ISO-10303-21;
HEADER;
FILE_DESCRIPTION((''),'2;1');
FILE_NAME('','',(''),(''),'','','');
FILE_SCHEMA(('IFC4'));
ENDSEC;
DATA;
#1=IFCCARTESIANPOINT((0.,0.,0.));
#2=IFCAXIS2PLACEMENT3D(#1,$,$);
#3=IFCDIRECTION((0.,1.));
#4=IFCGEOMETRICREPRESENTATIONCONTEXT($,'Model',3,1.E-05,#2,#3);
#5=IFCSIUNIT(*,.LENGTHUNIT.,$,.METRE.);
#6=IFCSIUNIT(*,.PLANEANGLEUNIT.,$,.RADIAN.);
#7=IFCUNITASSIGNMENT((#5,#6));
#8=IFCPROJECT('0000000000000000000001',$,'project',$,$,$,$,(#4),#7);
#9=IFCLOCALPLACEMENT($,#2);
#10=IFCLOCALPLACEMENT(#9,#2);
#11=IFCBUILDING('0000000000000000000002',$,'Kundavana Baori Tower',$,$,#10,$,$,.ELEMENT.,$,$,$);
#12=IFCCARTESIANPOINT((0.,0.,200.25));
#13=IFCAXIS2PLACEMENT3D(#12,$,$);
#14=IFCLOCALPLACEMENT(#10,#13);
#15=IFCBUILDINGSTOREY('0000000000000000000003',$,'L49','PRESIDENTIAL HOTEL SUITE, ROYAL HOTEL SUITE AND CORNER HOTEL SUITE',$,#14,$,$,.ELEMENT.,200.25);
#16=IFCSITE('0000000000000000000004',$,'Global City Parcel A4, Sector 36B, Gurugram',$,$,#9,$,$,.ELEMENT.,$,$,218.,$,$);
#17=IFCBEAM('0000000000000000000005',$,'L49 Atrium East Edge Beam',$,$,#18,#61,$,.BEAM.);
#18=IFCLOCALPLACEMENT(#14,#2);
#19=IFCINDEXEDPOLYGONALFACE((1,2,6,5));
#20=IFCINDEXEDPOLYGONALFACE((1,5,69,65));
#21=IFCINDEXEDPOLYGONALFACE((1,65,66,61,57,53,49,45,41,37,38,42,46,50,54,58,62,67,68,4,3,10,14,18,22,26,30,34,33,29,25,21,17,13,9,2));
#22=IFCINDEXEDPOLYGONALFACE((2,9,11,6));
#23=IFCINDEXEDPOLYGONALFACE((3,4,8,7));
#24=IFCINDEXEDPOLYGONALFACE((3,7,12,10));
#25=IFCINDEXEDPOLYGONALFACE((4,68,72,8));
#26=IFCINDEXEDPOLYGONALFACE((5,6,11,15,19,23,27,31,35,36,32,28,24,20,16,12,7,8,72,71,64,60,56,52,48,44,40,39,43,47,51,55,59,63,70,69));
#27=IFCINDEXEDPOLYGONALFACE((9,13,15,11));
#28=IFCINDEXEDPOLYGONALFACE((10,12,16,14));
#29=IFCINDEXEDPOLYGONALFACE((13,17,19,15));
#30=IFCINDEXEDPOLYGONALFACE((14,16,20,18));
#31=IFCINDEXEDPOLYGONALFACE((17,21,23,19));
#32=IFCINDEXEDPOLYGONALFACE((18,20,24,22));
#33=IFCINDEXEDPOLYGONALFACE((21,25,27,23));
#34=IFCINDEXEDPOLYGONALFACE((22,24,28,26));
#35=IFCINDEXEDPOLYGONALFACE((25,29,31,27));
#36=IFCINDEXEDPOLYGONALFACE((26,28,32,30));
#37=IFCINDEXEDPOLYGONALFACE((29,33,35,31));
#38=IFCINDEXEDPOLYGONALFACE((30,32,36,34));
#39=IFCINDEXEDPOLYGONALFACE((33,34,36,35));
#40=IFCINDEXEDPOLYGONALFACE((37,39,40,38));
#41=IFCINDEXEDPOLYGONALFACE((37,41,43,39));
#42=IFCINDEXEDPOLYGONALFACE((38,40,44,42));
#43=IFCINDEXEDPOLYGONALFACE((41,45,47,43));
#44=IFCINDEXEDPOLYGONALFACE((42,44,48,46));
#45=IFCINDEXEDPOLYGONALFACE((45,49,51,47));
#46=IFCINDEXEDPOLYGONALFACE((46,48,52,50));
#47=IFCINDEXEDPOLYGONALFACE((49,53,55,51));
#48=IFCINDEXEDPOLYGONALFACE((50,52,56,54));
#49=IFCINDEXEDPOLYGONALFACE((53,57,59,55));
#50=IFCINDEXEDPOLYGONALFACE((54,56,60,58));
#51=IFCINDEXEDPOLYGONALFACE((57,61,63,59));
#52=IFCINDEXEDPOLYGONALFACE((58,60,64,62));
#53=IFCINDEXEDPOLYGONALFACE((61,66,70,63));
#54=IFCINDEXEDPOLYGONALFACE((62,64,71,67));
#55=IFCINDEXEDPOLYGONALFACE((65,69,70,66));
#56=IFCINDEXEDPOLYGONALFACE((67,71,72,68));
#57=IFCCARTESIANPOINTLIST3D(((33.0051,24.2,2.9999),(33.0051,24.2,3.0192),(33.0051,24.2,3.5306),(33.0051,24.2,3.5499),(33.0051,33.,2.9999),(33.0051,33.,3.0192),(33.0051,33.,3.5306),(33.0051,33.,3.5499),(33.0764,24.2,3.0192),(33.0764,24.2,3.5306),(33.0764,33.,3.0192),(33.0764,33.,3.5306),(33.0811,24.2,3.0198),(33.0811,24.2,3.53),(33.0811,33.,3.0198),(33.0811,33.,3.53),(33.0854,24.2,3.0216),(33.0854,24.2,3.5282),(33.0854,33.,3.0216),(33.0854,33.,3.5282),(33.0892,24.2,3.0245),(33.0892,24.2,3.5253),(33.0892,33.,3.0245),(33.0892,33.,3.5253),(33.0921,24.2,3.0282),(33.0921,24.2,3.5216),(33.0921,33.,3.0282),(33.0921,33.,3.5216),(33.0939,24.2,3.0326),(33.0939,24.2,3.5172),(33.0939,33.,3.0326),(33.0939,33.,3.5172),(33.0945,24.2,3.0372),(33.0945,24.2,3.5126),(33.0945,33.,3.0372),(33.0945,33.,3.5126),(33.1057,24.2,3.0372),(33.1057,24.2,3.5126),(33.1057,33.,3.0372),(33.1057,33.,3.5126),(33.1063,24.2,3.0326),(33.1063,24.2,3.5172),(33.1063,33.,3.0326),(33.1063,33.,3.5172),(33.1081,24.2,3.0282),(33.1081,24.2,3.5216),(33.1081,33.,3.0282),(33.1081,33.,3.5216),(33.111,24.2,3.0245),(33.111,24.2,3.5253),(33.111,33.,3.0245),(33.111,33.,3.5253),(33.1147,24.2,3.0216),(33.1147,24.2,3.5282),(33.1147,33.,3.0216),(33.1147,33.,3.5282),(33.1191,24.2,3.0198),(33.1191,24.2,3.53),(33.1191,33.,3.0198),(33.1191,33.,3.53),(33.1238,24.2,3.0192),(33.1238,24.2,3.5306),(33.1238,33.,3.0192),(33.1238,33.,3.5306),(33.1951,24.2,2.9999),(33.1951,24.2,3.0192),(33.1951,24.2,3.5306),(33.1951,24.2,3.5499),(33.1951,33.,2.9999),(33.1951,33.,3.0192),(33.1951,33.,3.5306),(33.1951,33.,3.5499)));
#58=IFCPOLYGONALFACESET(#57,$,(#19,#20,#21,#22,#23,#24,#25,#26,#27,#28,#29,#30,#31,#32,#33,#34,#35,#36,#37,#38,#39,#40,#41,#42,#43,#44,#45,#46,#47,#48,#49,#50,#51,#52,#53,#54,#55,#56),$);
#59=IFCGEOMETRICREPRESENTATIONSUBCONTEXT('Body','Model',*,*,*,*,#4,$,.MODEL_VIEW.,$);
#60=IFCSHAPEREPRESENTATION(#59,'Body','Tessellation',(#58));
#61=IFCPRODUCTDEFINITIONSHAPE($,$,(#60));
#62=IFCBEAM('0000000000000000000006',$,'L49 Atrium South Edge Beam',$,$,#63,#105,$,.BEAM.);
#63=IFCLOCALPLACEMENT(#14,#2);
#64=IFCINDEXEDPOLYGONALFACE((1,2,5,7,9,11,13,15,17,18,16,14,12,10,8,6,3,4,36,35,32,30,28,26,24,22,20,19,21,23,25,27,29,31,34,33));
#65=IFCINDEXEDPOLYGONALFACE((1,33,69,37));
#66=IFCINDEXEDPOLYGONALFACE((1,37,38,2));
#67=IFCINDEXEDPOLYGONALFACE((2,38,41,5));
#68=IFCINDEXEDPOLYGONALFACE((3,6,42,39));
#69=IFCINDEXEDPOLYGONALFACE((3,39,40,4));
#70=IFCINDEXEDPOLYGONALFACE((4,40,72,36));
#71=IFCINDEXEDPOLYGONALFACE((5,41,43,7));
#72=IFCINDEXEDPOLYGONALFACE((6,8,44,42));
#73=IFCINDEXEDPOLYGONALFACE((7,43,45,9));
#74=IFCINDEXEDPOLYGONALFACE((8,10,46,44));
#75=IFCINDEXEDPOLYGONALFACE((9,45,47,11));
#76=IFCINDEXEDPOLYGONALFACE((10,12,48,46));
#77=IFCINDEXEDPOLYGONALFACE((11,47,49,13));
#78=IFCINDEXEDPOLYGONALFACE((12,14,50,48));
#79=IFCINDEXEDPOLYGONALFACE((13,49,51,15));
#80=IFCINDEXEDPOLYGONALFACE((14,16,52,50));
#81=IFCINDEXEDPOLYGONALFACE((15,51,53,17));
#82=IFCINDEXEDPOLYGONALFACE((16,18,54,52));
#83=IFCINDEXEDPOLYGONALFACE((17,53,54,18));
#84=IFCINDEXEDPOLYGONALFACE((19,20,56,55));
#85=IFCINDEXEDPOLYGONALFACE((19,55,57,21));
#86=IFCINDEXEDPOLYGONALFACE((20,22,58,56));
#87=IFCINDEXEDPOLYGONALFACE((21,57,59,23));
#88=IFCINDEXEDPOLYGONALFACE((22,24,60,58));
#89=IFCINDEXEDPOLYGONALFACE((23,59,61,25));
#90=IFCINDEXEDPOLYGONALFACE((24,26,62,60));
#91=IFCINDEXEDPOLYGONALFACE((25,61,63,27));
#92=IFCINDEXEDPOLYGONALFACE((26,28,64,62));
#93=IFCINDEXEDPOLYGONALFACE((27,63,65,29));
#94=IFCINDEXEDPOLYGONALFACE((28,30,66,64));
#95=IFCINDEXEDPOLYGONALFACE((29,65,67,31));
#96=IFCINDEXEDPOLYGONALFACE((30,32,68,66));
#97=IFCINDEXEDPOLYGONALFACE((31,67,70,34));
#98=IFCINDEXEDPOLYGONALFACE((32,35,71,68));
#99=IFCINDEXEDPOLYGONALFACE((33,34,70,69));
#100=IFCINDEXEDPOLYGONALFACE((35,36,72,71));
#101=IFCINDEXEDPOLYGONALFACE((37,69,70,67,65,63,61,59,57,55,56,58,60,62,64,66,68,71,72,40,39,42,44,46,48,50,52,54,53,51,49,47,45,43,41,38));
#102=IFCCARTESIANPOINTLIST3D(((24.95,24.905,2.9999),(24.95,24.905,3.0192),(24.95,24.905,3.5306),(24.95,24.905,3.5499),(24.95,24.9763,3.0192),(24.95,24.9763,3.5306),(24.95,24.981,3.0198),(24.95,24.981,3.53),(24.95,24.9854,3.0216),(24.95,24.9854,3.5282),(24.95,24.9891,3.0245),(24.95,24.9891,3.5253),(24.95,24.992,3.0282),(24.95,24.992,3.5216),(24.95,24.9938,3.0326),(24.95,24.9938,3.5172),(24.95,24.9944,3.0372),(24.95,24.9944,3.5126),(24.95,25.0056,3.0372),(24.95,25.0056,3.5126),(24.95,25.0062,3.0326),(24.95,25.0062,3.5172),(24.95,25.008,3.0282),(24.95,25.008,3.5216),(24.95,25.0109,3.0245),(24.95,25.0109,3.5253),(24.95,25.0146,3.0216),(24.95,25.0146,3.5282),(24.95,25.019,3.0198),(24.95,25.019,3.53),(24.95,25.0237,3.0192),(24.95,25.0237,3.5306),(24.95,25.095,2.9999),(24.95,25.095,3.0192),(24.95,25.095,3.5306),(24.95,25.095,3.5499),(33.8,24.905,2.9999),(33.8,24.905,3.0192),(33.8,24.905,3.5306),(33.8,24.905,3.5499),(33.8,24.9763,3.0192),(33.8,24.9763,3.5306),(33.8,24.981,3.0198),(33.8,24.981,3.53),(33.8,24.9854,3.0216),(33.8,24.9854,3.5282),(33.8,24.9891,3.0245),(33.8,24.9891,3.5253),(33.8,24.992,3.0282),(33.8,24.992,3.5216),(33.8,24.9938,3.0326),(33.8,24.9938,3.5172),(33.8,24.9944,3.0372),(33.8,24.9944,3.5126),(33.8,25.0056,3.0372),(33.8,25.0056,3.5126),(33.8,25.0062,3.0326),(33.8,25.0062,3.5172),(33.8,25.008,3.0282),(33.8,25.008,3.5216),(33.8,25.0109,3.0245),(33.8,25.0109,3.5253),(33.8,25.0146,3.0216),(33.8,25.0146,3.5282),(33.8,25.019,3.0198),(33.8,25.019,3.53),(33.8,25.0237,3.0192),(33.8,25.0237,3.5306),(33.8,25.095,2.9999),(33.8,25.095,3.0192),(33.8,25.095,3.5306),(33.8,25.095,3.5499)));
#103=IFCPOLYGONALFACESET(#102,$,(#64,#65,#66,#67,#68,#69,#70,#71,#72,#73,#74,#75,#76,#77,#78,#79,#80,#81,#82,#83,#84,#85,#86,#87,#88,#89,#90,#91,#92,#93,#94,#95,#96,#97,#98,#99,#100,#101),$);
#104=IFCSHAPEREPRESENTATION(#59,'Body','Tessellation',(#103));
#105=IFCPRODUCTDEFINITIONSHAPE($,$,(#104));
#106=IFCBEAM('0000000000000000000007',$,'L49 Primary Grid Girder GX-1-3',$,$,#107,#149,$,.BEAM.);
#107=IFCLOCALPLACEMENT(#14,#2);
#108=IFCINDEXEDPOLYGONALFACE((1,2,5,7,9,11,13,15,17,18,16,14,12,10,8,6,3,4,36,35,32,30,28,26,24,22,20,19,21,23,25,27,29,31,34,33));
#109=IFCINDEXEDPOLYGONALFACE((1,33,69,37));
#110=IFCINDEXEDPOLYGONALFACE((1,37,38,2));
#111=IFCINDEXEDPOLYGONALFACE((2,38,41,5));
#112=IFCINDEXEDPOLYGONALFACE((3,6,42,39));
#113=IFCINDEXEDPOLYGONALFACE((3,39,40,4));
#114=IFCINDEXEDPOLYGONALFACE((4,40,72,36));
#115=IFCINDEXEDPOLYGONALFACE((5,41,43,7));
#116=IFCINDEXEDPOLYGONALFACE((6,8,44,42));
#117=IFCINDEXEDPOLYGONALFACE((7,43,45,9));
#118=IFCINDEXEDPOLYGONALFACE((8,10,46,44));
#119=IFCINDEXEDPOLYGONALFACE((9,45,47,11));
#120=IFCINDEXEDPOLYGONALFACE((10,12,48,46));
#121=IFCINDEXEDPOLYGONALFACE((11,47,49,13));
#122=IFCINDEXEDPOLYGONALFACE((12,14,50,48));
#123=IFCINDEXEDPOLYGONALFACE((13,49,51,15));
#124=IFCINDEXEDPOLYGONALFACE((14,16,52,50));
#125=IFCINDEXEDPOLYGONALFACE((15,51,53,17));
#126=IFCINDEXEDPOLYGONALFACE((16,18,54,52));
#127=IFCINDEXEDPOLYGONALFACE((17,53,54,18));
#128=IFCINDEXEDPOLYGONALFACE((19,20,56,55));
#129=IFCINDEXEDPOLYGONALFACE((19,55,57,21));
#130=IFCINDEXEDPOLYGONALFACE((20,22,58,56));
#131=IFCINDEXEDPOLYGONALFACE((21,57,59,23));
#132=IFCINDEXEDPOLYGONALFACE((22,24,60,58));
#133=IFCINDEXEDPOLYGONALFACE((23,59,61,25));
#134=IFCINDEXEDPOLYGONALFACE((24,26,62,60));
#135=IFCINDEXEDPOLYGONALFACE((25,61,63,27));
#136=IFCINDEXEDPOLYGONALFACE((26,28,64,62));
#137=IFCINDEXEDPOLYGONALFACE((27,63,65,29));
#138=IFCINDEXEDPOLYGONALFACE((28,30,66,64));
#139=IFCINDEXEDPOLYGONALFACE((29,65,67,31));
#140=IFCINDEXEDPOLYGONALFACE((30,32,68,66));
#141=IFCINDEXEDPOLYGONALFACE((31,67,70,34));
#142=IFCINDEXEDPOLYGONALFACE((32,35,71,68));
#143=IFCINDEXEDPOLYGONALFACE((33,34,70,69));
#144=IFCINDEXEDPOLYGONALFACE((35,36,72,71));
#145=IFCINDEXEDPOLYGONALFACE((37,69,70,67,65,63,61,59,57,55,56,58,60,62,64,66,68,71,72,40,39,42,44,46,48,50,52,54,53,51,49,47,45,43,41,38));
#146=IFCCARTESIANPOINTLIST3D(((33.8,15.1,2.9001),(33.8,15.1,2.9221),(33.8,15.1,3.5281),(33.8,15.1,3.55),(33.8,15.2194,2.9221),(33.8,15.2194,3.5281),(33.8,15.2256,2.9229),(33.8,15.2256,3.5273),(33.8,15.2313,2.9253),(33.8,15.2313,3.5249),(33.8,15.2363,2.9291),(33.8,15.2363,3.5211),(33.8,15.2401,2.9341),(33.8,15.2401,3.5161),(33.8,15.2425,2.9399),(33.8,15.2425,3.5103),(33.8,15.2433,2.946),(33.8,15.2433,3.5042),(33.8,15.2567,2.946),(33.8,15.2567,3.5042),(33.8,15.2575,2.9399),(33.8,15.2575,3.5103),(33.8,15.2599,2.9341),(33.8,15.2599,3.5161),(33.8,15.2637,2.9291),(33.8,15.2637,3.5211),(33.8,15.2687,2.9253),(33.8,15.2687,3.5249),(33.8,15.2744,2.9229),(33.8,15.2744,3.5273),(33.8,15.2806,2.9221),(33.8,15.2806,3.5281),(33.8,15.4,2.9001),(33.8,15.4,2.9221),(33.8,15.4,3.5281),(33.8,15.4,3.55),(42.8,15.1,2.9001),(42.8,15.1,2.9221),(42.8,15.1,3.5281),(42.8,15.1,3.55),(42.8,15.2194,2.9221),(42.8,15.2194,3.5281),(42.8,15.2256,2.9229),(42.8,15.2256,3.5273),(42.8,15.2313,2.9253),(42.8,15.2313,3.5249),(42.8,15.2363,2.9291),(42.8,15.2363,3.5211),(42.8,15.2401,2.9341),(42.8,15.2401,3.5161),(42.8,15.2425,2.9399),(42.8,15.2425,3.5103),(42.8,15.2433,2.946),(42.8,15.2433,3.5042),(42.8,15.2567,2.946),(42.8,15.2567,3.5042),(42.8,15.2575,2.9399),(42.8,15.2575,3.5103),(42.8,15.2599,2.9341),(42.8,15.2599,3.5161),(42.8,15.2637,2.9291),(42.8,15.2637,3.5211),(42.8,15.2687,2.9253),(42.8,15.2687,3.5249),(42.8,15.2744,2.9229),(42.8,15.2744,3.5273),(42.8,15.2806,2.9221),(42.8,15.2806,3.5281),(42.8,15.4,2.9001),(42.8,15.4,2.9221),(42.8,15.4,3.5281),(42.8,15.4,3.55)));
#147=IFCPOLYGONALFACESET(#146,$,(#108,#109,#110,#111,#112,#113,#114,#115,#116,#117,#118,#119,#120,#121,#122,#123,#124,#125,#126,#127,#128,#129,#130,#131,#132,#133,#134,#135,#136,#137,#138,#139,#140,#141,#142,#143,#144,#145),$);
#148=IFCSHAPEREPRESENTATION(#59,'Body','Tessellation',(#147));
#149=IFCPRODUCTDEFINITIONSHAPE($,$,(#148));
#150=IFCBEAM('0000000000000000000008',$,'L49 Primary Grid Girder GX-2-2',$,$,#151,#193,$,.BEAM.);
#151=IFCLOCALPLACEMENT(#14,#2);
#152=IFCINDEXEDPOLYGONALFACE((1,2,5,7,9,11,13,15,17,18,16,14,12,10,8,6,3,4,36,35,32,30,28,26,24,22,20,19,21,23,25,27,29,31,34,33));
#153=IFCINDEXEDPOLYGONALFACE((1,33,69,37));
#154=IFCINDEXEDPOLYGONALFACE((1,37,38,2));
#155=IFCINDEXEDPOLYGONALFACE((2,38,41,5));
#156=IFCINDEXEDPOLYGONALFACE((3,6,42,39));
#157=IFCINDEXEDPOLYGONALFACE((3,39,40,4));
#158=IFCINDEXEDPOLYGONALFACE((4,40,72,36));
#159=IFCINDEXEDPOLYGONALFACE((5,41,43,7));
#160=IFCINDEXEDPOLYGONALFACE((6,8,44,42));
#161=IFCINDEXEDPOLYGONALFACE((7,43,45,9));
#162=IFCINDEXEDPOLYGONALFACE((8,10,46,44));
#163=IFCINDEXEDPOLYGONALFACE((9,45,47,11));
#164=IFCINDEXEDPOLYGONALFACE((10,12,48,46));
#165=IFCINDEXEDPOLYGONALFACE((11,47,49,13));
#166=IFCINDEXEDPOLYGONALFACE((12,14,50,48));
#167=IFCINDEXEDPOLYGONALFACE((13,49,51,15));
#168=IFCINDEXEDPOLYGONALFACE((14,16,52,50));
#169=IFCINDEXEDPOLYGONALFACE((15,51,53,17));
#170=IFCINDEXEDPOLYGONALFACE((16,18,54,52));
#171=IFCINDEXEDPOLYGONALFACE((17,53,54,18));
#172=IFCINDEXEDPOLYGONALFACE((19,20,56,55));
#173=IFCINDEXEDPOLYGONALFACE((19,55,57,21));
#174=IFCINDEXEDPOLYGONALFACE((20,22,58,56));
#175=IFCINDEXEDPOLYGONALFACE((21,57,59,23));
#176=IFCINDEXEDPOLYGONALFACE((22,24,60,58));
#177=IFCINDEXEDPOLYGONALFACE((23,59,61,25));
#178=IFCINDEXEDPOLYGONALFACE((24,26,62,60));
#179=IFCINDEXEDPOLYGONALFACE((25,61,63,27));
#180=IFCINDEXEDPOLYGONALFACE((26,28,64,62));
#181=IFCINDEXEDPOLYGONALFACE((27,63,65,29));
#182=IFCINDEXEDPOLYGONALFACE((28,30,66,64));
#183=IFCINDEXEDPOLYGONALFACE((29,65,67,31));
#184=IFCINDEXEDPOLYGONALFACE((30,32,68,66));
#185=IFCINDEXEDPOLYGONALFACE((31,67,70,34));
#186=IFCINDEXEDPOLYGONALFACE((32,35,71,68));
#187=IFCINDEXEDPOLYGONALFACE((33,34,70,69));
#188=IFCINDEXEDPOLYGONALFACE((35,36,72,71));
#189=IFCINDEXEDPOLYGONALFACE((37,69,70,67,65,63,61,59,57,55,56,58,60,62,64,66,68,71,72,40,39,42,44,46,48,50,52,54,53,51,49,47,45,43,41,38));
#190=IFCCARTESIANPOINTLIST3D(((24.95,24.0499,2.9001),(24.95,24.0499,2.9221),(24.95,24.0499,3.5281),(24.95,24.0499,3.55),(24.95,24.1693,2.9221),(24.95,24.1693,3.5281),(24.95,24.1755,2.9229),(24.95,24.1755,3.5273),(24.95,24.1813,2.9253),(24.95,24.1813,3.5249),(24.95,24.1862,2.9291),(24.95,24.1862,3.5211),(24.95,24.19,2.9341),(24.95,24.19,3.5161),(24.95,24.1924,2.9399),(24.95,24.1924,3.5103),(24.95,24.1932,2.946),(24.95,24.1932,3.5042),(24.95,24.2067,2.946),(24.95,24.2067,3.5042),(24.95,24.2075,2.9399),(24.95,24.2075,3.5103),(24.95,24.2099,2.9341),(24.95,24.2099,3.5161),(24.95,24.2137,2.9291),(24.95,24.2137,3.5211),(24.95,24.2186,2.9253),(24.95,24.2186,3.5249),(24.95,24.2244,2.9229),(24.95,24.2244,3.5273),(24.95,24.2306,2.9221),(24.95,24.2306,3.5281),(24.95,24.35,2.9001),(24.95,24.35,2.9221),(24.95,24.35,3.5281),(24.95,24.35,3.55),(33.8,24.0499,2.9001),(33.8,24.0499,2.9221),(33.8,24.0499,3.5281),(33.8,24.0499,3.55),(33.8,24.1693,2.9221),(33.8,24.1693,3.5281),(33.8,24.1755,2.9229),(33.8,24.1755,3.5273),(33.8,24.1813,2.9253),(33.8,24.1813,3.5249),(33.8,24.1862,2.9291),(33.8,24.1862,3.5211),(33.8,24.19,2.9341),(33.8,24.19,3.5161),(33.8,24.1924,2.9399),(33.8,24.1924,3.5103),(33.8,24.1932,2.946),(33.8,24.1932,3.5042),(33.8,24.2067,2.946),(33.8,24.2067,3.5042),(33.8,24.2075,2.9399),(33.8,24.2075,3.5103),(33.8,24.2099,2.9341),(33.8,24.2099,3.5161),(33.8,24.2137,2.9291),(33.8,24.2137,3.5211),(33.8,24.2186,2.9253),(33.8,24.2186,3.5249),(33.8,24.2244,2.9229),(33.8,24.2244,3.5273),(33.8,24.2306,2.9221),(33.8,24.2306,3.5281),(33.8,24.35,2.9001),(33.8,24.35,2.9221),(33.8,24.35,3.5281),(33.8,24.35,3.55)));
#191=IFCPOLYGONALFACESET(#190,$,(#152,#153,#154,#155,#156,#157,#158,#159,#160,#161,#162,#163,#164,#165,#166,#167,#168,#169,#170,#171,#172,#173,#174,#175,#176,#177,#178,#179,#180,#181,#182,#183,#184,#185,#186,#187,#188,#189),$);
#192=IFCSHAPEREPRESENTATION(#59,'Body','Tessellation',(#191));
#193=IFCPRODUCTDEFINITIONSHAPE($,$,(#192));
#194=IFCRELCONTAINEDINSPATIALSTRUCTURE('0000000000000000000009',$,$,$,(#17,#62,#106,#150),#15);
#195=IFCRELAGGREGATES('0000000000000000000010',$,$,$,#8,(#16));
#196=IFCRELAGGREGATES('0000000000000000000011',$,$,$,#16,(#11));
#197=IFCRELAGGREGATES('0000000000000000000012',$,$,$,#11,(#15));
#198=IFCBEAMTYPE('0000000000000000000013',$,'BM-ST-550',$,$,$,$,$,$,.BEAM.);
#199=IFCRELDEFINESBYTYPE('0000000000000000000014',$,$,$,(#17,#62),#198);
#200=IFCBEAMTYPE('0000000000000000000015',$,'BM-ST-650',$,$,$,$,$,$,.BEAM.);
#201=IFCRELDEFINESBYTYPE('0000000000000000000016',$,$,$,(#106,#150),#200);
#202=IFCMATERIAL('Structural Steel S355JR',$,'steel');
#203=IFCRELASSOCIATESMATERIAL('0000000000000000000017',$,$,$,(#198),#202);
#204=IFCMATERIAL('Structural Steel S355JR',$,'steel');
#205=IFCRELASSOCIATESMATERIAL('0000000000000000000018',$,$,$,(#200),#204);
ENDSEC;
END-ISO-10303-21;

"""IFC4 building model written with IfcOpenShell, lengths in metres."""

from ifc_helpers import new_model, si_unit, direction, frame, origin, origin_2d, place, context, subcontext, project, spatial, i_section, extrude, material, material_profile, profile_set, type_object, element, save


model = new_model("IFC4")

# Units and contexts
model_context = context("Model", 3, precision=1e-05, world=origin(), true_north=direction((0.0, 1.0)))
body_context = subcontext(model_context, "Body", "Model", "MODEL_VIEW")
ifc_project = project(units=[si_unit("LENGTHUNIT", "METRE"), si_unit("PLANEANGLEUNIT", "RADIAN")], contexts=[model_context])

# Site, building, storey
site_placement = place(None, origin())
site = spatial("IfcSite", under=ifc_project, at=site_placement, Name="Global City Parcel A4, Sector 36B, Gurugram", CompositionType="ELEMENT", RefElevation=218.0)
building_placement = place(site_placement, origin())
building = spatial("IfcBuilding", under=site, at=building_placement, Name="Kundavana Baori Tower", CompositionType="ELEMENT")
storey_placement = place(building_placement, frame((0.0, 0.0, 200.25)))
storey = spatial("IfcBuildingStorey", under=building, at=storey_placement, Name="L49", Description="PRESIDENTIAL HOTEL SUITE, ROYAL HOTEL SUITE AND CORNER HOTEL SUITE", CompositionType="ELEMENT", Elevation=200.25)

# Beams
ifc_material_1 = material(Name="Structural Steel S355JR", Category="steel")
ifc_material_profile_1 = material_profile(ifc_material_1, i_section(OverallWidth=0.1899, OverallDepth=0.55, WebThickness=0.0112, FlangeThickness=0.0193, FilletRadius=0.0181, at=origin_2d()), Name="ISMB 550")
ifc_profile_set_1 = profile_set([ifc_material_profile_1], Name="Structural Steel S355JR")
beam_type_1 = type_object("IfcBeamType", Name="BM-ST-550", PredefinedType="BEAM", material=ifc_profile_set_1)
for number, where, z_axis, x_axis, name in (
    (1, (33.1001, 24.2, 3.2749), (0.0, 1.0, 0.0), (-1.0, 0.0, 0.0), "L49 Atrium East Edge Beam"),
):
    element("IfcBeam", number, at=place(storey_placement, frame(where, z_axis=z_axis, x_axis=x_axis)), inside=storey, type_object=beam_type_1, Name=name, PredefinedType="BEAM", context=body_context, shape_type="SweptSolid", body=[
        extrude(i_section(OverallWidth=0.1899, OverallDepth=0.55, WebThickness=0.0112, FlangeThickness=0.0193, FilletRadius=0.0181, at=origin_2d()), origin(), (0.0, 0.0, 1.0), 8.8),
    ])
beam_1_placement = place(storey_placement, frame((24.95, 25.0, 3.2749), z_axis=(1.0, 0.0, 0.0), x_axis=(0.0, 1.0, 0.0)))
element("IfcBeam", 2, at=beam_1_placement, inside=storey, type_object=beam_type_1, Name="L49 Atrium South Edge Beam", PredefinedType="BEAM", context=body_context, shape_type="SweptSolid", body=[
    extrude(i_section(OverallWidth=0.1899, OverallDepth=0.55, WebThickness=0.0112, FlangeThickness=0.0193, FilletRadius=0.0181, at=origin_2d()), origin(), (0.0, 0.0, 1.0), 8.8501),
])
ifc_material_2 = material(Name="Structural Steel S355JR", Category="steel")
ifc_material_profile_2 = material_profile(ifc_material_2, i_section(OverallWidth=0.3, OverallDepth=0.6499, WebThickness=0.0134, FlangeThickness=0.022, FilletRadius=0.0239, at=origin_2d()), Name="NPB 650x300x155")
ifc_profile_set_2 = profile_set([ifc_material_profile_2], Name="Structural Steel S355JR")
beam_type_2 = type_object("IfcBeamType", Name="BM-ST-650", PredefinedType="BEAM", material=ifc_profile_set_2)
beam_2_placement = place(storey_placement, frame((33.8, 15.25, 3.2251), z_axis=(1.0, 0.0, 0.0), x_axis=(0.0, 1.0, 0.0)))
element("IfcBeam", 3, at=beam_2_placement, inside=storey, type_object=beam_type_2, Name="L49 Primary Grid Girder GX-1-3", PredefinedType="BEAM", context=body_context, shape_type="SweptSolid", body=[
    extrude(i_section(OverallWidth=0.3, OverallDepth=0.6499, WebThickness=0.0134, FlangeThickness=0.022, FilletRadius=0.0239, at=origin_2d()), origin(), (0.0, 0.0, 1.0), 9.0),
])
beam_3_placement = place(storey_placement, frame((24.95, 24.2, 3.2251), z_axis=(1.0, 0.0, 0.0), x_axis=(0.0, 1.0, 0.0)))
element("IfcBeam", 4, at=beam_3_placement, inside=storey, type_object=beam_type_2, Name="L49 Primary Grid Girder GX-2-2", PredefinedType="BEAM", context=body_context, shape_type="SweptSolid", body=[
    extrude(i_section(OverallWidth=0.3, OverallDepth=0.6499, WebThickness=0.0134, FlangeThickness=0.022, FilletRadius=0.0239, at=origin_2d()), origin(), (0.0, 0.0, 1.0), 8.8501),
])

save(model, "model.ifc")
